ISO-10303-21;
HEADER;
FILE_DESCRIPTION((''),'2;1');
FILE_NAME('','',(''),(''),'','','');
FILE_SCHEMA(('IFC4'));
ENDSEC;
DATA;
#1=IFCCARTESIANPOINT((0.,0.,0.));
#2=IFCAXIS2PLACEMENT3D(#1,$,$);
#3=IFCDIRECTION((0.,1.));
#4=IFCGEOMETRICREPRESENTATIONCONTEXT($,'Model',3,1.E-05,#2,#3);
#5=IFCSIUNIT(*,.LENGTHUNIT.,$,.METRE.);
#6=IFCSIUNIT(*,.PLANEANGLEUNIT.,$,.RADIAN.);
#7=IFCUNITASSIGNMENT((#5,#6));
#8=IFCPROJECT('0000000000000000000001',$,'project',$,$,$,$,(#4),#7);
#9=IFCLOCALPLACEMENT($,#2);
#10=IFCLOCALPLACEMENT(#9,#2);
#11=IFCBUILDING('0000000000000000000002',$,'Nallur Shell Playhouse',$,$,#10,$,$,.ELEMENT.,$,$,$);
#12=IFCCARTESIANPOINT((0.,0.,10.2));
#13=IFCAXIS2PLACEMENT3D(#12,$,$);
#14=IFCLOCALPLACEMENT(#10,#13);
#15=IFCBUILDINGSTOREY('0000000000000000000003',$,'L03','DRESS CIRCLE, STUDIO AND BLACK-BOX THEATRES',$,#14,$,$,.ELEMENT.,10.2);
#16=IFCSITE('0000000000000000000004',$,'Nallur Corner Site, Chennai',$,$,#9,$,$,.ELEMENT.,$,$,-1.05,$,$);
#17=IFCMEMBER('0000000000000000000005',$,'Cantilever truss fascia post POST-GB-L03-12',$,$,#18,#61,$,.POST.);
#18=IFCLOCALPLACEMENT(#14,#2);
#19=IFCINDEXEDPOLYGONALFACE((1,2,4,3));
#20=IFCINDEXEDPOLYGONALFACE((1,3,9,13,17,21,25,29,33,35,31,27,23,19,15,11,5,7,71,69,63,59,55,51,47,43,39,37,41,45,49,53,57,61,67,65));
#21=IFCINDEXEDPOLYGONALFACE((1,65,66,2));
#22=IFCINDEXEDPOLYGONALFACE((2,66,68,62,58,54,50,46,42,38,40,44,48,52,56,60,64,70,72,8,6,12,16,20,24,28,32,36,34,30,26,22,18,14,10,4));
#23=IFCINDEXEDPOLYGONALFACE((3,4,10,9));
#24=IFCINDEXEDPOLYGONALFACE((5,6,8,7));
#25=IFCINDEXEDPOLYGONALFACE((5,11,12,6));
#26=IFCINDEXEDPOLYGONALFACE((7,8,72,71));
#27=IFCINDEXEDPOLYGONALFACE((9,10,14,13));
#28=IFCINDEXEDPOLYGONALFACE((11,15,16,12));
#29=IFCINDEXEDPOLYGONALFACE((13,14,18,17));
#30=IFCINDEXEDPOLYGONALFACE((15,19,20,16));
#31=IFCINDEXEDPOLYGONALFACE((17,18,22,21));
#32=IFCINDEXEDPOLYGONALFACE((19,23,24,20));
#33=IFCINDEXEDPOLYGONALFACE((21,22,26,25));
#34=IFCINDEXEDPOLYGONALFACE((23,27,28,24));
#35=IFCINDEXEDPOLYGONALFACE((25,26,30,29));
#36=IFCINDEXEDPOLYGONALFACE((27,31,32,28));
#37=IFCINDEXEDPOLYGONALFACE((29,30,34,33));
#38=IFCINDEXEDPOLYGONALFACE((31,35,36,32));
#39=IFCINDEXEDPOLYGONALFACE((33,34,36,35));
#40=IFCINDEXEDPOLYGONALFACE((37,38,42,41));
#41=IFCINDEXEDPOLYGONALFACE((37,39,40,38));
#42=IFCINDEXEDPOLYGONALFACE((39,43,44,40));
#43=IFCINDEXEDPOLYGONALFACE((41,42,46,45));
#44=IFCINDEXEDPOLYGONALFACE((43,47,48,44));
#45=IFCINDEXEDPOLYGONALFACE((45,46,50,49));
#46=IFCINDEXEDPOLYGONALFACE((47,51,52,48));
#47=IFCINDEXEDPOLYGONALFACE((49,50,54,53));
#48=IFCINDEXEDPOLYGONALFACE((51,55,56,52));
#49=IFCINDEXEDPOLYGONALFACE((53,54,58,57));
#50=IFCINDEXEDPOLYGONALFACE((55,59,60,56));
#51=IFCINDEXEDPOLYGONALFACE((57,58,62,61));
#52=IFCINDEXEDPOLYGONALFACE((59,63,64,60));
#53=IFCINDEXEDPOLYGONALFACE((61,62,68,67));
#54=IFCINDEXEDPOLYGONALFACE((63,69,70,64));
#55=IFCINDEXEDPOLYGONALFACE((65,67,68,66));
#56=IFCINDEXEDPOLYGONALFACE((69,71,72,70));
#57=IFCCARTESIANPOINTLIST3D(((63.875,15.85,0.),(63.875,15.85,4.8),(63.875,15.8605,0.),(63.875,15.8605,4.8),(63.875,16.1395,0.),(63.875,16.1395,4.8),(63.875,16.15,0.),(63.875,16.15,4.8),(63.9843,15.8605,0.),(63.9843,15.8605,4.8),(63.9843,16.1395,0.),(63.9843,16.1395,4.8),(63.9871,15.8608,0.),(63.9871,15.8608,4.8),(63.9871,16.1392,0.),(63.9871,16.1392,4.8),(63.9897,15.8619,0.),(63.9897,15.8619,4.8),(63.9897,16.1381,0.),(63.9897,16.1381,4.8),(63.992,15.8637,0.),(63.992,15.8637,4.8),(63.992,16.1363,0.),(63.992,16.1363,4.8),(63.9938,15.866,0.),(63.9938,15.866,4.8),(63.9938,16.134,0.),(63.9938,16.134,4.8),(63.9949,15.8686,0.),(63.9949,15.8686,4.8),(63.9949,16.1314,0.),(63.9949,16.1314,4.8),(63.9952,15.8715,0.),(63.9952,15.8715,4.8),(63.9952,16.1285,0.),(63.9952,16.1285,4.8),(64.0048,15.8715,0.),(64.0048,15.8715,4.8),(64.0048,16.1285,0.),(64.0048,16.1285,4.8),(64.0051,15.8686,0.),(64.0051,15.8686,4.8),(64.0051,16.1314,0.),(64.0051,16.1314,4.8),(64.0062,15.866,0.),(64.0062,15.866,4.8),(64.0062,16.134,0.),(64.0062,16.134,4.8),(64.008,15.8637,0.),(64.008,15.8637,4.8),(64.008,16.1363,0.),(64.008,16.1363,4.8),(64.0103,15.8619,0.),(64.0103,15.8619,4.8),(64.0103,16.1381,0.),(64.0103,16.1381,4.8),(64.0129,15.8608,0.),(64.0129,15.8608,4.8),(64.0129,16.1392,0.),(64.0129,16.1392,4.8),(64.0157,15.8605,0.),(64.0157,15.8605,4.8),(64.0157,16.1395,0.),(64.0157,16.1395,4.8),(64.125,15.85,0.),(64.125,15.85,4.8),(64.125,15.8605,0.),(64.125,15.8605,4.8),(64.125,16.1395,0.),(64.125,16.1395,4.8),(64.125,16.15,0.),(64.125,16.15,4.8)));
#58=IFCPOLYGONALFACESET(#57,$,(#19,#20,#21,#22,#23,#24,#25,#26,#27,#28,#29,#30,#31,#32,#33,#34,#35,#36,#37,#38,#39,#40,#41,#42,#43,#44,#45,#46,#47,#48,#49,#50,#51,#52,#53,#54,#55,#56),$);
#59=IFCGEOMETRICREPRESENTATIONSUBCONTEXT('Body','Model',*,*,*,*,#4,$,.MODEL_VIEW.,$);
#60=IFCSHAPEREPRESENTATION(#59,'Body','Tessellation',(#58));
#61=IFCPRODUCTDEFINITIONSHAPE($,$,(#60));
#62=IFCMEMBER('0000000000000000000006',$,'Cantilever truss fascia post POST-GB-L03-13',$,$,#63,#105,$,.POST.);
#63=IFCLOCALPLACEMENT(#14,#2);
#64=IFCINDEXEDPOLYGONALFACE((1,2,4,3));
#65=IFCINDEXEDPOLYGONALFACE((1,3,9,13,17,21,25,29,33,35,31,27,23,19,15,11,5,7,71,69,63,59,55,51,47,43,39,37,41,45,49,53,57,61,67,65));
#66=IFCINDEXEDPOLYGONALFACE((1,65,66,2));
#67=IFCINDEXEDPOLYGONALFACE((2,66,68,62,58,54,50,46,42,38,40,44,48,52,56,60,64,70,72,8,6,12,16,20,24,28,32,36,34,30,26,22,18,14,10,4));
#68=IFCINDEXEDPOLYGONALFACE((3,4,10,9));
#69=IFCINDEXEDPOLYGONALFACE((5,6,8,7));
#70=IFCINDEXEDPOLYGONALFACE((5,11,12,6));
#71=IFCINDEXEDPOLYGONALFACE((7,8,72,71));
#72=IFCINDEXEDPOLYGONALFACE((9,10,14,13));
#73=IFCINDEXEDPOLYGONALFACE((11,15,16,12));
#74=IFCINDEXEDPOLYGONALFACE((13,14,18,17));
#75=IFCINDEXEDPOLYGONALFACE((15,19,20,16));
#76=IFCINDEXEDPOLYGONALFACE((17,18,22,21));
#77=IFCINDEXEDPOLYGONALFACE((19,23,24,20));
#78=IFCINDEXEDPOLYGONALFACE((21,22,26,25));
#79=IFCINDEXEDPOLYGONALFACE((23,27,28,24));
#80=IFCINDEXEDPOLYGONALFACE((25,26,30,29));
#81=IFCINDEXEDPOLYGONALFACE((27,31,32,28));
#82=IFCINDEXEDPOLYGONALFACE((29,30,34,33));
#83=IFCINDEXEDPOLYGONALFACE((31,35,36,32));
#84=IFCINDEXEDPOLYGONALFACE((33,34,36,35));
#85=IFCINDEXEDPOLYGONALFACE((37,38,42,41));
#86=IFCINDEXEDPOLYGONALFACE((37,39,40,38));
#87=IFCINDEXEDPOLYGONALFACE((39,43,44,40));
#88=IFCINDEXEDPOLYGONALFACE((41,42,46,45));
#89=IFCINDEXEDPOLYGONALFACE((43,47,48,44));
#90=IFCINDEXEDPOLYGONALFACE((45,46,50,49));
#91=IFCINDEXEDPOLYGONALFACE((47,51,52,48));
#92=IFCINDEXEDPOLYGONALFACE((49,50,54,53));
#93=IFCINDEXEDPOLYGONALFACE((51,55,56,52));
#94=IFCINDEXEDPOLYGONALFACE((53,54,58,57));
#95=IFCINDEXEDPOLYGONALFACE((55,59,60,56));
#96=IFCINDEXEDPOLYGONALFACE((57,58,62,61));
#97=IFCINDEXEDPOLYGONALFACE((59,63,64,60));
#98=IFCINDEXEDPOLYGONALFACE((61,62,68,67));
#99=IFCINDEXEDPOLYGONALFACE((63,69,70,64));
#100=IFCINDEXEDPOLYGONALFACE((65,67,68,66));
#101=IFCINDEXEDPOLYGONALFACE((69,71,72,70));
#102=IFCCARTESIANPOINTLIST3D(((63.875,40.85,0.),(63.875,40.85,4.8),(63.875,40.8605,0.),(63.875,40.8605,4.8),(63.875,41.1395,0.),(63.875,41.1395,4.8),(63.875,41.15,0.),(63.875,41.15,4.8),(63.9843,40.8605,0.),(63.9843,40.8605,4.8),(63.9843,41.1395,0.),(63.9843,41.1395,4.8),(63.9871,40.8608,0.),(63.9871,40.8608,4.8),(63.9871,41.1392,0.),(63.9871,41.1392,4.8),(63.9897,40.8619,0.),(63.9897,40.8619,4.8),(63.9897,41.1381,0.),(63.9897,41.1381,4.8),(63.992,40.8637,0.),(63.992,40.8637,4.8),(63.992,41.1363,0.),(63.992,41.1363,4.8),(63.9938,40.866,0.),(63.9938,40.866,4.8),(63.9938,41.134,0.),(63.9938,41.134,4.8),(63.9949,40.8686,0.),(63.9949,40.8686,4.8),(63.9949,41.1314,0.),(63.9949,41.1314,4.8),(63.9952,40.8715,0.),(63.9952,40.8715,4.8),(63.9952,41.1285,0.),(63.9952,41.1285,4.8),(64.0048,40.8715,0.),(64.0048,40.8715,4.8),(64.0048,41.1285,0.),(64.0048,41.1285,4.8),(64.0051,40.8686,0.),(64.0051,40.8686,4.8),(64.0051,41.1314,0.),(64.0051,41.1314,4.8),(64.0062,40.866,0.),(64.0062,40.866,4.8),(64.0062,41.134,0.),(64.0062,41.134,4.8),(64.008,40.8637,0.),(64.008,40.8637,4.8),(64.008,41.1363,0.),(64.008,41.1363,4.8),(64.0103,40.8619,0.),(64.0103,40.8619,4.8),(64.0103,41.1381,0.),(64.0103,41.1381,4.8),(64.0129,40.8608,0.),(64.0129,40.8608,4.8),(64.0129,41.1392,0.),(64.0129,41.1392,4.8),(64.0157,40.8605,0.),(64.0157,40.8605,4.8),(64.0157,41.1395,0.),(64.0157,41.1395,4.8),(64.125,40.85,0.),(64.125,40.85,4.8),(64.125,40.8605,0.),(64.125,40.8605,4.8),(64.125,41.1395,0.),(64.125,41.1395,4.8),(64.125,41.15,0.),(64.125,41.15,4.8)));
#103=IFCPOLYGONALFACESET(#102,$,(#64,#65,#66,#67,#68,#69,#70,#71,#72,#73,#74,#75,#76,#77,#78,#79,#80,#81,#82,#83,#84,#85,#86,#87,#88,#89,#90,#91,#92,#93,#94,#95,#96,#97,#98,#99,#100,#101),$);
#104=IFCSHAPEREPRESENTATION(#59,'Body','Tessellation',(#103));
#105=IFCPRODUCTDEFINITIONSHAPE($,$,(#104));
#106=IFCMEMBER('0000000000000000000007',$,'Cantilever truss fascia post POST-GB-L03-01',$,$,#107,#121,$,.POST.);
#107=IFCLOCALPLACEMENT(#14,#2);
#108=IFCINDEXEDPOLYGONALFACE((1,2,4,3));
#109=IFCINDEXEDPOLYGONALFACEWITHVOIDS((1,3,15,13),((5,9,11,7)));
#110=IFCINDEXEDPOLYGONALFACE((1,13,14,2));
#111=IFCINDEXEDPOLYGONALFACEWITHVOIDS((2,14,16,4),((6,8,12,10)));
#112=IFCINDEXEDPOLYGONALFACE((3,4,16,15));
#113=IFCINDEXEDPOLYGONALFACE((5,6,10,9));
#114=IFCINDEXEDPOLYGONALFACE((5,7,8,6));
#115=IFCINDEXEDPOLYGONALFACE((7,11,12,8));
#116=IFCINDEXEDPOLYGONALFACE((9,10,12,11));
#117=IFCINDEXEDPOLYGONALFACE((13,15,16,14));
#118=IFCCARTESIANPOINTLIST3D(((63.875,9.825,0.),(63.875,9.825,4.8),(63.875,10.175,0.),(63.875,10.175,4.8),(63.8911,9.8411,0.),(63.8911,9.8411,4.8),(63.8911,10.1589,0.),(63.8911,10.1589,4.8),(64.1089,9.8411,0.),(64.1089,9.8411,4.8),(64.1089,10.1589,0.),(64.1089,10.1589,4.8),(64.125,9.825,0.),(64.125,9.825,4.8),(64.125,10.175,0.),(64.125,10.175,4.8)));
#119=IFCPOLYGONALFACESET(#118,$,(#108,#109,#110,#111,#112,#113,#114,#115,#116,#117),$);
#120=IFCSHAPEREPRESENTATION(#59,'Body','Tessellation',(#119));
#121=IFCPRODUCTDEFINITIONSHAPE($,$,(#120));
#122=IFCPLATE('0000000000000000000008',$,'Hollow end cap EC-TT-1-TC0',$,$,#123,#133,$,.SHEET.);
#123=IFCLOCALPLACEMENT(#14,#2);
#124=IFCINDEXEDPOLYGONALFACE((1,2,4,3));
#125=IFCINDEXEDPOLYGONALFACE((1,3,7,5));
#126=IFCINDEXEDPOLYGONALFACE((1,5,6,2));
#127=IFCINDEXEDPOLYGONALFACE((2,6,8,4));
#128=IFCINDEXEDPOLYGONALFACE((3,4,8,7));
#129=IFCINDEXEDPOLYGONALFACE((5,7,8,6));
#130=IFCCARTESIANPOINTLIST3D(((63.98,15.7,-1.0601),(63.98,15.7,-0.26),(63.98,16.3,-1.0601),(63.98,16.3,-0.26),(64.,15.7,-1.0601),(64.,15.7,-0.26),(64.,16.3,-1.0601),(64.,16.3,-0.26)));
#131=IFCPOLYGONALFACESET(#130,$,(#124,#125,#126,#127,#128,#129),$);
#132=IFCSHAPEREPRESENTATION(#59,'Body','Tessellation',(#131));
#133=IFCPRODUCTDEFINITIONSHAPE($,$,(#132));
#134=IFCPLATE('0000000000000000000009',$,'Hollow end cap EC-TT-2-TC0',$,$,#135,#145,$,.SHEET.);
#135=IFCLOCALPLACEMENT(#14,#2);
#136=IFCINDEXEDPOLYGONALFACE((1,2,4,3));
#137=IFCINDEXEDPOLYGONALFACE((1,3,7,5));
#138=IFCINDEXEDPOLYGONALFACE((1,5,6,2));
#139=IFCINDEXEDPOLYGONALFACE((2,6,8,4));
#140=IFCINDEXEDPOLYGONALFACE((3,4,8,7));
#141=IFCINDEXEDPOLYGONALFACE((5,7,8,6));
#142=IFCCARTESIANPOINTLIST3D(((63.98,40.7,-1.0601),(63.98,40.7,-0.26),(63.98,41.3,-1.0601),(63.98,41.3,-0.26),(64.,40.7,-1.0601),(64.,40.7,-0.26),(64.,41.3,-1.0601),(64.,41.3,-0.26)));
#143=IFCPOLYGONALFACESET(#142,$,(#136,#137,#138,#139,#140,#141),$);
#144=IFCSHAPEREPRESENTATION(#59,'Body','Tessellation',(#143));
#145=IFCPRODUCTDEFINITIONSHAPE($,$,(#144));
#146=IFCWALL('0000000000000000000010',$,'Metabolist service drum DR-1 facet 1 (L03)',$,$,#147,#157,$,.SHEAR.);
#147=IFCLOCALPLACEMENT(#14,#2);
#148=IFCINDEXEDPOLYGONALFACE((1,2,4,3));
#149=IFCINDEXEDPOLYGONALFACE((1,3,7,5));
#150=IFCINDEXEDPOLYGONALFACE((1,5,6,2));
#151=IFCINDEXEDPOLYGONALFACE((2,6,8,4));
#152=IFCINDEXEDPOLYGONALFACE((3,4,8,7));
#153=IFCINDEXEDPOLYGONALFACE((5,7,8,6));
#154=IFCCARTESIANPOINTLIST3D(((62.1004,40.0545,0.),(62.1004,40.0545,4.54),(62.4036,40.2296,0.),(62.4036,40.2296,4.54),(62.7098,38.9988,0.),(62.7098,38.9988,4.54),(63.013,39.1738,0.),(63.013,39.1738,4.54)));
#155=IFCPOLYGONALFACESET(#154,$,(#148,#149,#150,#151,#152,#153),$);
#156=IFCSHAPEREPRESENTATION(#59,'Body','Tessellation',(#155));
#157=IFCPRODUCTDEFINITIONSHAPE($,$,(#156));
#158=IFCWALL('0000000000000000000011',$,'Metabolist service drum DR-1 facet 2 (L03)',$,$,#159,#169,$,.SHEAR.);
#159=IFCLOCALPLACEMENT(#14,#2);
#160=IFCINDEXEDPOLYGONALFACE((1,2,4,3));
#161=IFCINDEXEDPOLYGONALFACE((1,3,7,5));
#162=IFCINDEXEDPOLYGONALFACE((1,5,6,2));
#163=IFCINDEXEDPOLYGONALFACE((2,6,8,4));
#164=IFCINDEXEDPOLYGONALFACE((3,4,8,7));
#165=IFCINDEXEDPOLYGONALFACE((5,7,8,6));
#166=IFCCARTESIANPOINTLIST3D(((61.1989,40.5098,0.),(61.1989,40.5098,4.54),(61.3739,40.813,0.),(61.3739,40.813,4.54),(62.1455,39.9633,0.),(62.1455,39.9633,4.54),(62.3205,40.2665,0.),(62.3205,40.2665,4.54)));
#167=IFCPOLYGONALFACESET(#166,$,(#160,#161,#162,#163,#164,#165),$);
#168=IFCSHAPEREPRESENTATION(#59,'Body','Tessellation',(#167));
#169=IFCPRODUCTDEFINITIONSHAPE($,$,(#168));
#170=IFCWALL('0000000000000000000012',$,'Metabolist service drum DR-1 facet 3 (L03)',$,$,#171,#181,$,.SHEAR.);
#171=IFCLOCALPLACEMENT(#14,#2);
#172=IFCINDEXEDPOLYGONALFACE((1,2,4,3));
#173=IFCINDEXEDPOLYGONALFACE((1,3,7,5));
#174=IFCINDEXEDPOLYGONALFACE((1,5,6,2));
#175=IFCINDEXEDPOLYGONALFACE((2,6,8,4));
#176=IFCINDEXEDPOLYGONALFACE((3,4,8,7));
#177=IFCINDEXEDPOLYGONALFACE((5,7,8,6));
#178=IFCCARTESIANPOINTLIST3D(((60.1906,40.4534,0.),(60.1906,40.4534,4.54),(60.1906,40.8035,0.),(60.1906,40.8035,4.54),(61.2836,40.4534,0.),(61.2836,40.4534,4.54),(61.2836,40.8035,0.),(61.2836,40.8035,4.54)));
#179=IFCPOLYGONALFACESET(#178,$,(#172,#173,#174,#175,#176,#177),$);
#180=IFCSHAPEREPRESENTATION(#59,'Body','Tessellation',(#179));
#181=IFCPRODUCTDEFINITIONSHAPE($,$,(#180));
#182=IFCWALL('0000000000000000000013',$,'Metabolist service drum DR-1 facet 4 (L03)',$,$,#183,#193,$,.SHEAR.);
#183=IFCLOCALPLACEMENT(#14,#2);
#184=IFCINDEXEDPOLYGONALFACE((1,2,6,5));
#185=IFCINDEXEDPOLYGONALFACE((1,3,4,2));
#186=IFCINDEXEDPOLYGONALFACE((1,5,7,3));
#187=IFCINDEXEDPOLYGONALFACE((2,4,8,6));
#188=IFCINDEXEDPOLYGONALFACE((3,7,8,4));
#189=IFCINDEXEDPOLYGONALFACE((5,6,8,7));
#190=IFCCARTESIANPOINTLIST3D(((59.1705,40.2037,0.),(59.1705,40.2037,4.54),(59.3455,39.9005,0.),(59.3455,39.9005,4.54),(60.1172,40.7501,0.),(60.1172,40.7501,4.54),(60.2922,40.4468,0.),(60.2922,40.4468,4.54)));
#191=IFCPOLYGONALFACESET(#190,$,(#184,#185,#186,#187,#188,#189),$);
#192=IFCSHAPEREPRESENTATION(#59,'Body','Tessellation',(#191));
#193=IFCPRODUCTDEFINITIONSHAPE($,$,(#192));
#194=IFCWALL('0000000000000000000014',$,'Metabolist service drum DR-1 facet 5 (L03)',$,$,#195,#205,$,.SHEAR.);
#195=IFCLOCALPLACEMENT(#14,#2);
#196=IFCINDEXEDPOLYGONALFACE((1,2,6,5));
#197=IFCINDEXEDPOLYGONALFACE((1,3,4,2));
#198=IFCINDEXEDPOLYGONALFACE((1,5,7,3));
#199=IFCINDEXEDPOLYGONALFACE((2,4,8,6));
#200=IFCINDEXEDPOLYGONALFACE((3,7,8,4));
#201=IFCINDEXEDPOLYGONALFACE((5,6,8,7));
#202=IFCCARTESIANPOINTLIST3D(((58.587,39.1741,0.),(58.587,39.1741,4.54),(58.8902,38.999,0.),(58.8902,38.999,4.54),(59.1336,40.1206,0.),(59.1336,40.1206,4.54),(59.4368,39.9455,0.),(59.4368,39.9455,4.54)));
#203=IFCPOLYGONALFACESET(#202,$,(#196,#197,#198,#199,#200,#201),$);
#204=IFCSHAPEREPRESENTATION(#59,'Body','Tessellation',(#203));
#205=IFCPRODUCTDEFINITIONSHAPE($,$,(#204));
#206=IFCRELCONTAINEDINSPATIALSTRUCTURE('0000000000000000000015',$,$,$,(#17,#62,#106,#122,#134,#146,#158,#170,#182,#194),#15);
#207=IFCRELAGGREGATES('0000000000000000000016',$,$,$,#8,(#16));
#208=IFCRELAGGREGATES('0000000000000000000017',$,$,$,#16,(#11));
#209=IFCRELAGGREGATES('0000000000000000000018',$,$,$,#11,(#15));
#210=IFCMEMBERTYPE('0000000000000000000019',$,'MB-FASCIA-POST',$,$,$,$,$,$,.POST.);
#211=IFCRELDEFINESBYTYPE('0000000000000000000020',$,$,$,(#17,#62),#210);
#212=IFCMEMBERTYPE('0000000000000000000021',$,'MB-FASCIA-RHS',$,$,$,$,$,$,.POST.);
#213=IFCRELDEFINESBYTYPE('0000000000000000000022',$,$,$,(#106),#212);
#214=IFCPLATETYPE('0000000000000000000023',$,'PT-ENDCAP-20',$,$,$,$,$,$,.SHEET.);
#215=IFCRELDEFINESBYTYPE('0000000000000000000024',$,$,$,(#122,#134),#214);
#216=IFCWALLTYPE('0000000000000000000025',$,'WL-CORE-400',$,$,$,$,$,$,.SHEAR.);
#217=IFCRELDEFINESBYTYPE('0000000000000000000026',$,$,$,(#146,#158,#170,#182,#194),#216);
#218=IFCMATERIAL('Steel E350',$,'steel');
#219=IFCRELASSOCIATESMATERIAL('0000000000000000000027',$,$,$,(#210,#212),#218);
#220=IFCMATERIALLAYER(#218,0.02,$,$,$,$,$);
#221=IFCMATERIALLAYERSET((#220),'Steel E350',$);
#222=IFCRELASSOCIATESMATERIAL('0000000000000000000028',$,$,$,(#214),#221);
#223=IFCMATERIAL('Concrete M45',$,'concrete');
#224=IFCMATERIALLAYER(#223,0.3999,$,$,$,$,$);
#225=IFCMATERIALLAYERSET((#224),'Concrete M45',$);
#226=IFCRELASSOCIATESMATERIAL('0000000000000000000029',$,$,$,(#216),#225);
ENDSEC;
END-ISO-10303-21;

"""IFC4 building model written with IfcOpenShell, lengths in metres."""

from ifc_helpers import new_model, si_unit, direction, frame, frame_2d, origin, origin_2d, place, context, subcontext, project, spatial, rectangle, hollow_rectangle, i_section, extrude, material, layer, layer_set, material_profile, profile_set, type_object, element, save


model = new_model("IFC4")

# Units and contexts
model_context = context("Model", 3, precision=1e-05, world=origin(), true_north=direction((0.0, 1.0)))
body_context = subcontext(model_context, "Body", "Model", "MODEL_VIEW")
ifc_project = project(units=[si_unit("LENGTHUNIT", "METRE"), si_unit("PLANEANGLEUNIT", "RADIAN")], contexts=[model_context])

# Site, building, storey
site_placement = place(None, origin())
site = spatial("IfcSite", under=ifc_project, at=site_placement, Name="Nallur Corner Site, Chennai", CompositionType="ELEMENT", RefElevation=-1.05)
building_placement = place(site_placement, origin())
building = spatial("IfcBuilding", under=site, at=building_placement, Name="Nallur Shell Playhouse", CompositionType="ELEMENT")
storey_placement = place(building_placement, frame((0.0, 0.0, 10.2)))
storey = spatial("IfcBuildingStorey", under=building, at=storey_placement, Name="L03", Description="DRESS CIRCLE, STUDIO AND BLACK-BOX THEATRES", CompositionType="ELEMENT", Elevation=10.2)

# Shared definitions
ifc_material_1 = material(Name="Steel E350", Category="steel")

# Members
ifc_material_profile_1 = material_profile(ifc_material_1, i_section(OverallWidth=0.25, OverallDepth=0.3, WebThickness=0.0095, FlangeThickness=0.0105, FilletRadius=0.011, at=origin_2d()), Name="ISHB 300")
ifc_profile_set_1 = profile_set([ifc_material_profile_1], Name="Steel E350")
member_type_1 = type_object("IfcMemberType", Name="MB-FASCIA-POST", PredefinedType="POST", material=ifc_profile_set_1)
for number, where, z_axis, x_axis, name in (
    (1, (64.0, 16.0, 0.0), (0.0, 0.0, 1.0), (1.0, 0.0, 0.0), "Cantilever truss fascia post POST-GB-L03-12"),
    (2, (64.0, 41.0, 0.0), (0.0, 0.0, 1.0), (1.0, 0.0, 0.0), "Cantilever truss fascia post POST-GB-L03-13"),
):
    element("IfcMember", number, at=place(storey_placement, frame(where, z_axis=z_axis, x_axis=x_axis)), inside=storey, type_object=member_type_1, Name=name, PredefinedType="POST", context=body_context, shape_type="SweptSolid", body=[
        extrude(i_section(OverallWidth=0.25, OverallDepth=0.3, WebThickness=0.0095, FlangeThickness=0.0105, FilletRadius=0.011, at=origin_2d()), origin(), (0.0, 0.0, 1.0), 4.8),
    ])
ifc_material_profile_2 = material_profile(ifc_material_1, hollow_rectangle(XDim=0.25, YDim=0.3501, WallThickness=0.0161, at=origin_2d()), Name="RHS 350x250x16")
ifc_profile_set_2 = profile_set([ifc_material_profile_2], Name="Steel E350")
member_type_2 = type_object("IfcMemberType", Name="MB-FASCIA-RHS", PredefinedType="POST", material=ifc_profile_set_2)
member_placement = place(storey_placement, frame((64.0, 10.0, 0.0), z_axis=(0.0, 0.0, 1.0), x_axis=(1.0, 0.0, 0.0)))
element("IfcMember", 3, at=member_placement, inside=storey, type_object=member_type_2, Name="Cantilever truss fascia post POST-GB-L03-01", PredefinedType="POST", context=body_context, shape_type="SweptSolid", body=[
    extrude(hollow_rectangle(XDim=0.25, YDim=0.3501, WallThickness=0.0161, at=origin_2d()), origin(), (0.0, 0.0, 1.0), 4.8),
])

# Plates
ifc_layer_1 = layer(ifc_material_1, 0.02)
ifc_layer_set_1 = layer_set([ifc_layer_1], Name="Steel E350")
plate_type = type_object("IfcPlateType", Name="PT-ENDCAP-20", PredefinedType="SHEET", material=ifc_layer_set_1)
for number, where, z_axis, x_axis, name in (
    (4, (63.99, 16.0, -1.0601), (0.0, 0.0, 1.0), (1.0, 0.0, 0.0), "Hollow end cap EC-TT-1-TC0"),
    (5, (63.99, 41.0, -1.0601), (0.0, 0.0, 1.0), (1.0, 0.0, 0.0), "Hollow end cap EC-TT-2-TC0"),
):
    element("IfcPlate", number, at=place(storey_placement, frame(where, z_axis=z_axis, x_axis=x_axis)), inside=storey, type_object=plate_type, Name=name, PredefinedType="SHEET", context=body_context, shape_type="SweptSolid", body=[
        extrude(rectangle(XDim=0.02, YDim=0.6001, at=origin_2d()), origin(), (0.0, 0.0, 1.0), 0.8),
    ])

# Walls
ifc_material_2 = material(Name="Concrete M45", Category="concrete")
ifc_layer_2 = layer(ifc_material_2, 0.3999)
ifc_layer_set_2 = layer_set([ifc_layer_2], Name="Concrete M45")
wall_type_1 = type_object("IfcWallType", Name="WL-CORE-400", PredefinedType="SHEAR", material=ifc_layer_set_2)
wall_1_placement = place(storey_placement, frame((62.8613, 39.0864, 0.0), z_axis=(0.0, 0.0, 1.0), x_axis=(-0.499931, 0.866066, 0.0)))
element("IfcWall", 6, at=wall_1_placement, inside=storey, type_object=wall_type_1, Name="Metabolist service drum DR-1 facet 1 (L03)", PredefinedType="SHEAR", context=body_context, shape_type="SweptSolid", body=[
    extrude(rectangle(XDim=1.219, YDim=0.3501, at=frame_2d((0.6094, 0.0))), origin(), (0.0, 0.0, 1.0), 4.54),
])
for number, where, z_axis, x_axis, name in (
    (7, (62.2329, 40.115, 0.0), (0.0, 0.0, 1.0), (-0.866063, 0.499935, 0.0), "Metabolist service drum DR-1 facet 2 (L03)"),
    (8, (61.2834, 40.6284, 0.0), (0.0, 0.0, 1.0), (-1.0, 0.0, 0.0), "Metabolist service drum DR-1 facet 3 (L03)"),
    (9, (60.2046, 40.5984, 0.0), (0.0, 0.0, 1.0), (-0.866119, -0.499838, 0.0), "Metabolist service drum DR-1 facet 4 (L03)"),
    (10, (59.2852, 40.033, 0.0), (0.0, 0.0, 1.0), (-0.500103, -0.865966, 0.0), "Metabolist service drum DR-1 facet 5 (L03)"),
):
    element("IfcWall", number, at=place(storey_placement, frame(where, z_axis=z_axis, x_axis=x_axis)), inside=storey, type_object=wall_type_1, Name=name, PredefinedType="SHEAR", context=body_context, shape_type="SweptSolid", body=[
        extrude(rectangle(XDim=1.093, YDim=0.3501, at=frame_2d((0.5464, 0.0))), origin(), (0.0, 0.0, 1.0), 4.54),
    ])

save(model, "model.ifc")
